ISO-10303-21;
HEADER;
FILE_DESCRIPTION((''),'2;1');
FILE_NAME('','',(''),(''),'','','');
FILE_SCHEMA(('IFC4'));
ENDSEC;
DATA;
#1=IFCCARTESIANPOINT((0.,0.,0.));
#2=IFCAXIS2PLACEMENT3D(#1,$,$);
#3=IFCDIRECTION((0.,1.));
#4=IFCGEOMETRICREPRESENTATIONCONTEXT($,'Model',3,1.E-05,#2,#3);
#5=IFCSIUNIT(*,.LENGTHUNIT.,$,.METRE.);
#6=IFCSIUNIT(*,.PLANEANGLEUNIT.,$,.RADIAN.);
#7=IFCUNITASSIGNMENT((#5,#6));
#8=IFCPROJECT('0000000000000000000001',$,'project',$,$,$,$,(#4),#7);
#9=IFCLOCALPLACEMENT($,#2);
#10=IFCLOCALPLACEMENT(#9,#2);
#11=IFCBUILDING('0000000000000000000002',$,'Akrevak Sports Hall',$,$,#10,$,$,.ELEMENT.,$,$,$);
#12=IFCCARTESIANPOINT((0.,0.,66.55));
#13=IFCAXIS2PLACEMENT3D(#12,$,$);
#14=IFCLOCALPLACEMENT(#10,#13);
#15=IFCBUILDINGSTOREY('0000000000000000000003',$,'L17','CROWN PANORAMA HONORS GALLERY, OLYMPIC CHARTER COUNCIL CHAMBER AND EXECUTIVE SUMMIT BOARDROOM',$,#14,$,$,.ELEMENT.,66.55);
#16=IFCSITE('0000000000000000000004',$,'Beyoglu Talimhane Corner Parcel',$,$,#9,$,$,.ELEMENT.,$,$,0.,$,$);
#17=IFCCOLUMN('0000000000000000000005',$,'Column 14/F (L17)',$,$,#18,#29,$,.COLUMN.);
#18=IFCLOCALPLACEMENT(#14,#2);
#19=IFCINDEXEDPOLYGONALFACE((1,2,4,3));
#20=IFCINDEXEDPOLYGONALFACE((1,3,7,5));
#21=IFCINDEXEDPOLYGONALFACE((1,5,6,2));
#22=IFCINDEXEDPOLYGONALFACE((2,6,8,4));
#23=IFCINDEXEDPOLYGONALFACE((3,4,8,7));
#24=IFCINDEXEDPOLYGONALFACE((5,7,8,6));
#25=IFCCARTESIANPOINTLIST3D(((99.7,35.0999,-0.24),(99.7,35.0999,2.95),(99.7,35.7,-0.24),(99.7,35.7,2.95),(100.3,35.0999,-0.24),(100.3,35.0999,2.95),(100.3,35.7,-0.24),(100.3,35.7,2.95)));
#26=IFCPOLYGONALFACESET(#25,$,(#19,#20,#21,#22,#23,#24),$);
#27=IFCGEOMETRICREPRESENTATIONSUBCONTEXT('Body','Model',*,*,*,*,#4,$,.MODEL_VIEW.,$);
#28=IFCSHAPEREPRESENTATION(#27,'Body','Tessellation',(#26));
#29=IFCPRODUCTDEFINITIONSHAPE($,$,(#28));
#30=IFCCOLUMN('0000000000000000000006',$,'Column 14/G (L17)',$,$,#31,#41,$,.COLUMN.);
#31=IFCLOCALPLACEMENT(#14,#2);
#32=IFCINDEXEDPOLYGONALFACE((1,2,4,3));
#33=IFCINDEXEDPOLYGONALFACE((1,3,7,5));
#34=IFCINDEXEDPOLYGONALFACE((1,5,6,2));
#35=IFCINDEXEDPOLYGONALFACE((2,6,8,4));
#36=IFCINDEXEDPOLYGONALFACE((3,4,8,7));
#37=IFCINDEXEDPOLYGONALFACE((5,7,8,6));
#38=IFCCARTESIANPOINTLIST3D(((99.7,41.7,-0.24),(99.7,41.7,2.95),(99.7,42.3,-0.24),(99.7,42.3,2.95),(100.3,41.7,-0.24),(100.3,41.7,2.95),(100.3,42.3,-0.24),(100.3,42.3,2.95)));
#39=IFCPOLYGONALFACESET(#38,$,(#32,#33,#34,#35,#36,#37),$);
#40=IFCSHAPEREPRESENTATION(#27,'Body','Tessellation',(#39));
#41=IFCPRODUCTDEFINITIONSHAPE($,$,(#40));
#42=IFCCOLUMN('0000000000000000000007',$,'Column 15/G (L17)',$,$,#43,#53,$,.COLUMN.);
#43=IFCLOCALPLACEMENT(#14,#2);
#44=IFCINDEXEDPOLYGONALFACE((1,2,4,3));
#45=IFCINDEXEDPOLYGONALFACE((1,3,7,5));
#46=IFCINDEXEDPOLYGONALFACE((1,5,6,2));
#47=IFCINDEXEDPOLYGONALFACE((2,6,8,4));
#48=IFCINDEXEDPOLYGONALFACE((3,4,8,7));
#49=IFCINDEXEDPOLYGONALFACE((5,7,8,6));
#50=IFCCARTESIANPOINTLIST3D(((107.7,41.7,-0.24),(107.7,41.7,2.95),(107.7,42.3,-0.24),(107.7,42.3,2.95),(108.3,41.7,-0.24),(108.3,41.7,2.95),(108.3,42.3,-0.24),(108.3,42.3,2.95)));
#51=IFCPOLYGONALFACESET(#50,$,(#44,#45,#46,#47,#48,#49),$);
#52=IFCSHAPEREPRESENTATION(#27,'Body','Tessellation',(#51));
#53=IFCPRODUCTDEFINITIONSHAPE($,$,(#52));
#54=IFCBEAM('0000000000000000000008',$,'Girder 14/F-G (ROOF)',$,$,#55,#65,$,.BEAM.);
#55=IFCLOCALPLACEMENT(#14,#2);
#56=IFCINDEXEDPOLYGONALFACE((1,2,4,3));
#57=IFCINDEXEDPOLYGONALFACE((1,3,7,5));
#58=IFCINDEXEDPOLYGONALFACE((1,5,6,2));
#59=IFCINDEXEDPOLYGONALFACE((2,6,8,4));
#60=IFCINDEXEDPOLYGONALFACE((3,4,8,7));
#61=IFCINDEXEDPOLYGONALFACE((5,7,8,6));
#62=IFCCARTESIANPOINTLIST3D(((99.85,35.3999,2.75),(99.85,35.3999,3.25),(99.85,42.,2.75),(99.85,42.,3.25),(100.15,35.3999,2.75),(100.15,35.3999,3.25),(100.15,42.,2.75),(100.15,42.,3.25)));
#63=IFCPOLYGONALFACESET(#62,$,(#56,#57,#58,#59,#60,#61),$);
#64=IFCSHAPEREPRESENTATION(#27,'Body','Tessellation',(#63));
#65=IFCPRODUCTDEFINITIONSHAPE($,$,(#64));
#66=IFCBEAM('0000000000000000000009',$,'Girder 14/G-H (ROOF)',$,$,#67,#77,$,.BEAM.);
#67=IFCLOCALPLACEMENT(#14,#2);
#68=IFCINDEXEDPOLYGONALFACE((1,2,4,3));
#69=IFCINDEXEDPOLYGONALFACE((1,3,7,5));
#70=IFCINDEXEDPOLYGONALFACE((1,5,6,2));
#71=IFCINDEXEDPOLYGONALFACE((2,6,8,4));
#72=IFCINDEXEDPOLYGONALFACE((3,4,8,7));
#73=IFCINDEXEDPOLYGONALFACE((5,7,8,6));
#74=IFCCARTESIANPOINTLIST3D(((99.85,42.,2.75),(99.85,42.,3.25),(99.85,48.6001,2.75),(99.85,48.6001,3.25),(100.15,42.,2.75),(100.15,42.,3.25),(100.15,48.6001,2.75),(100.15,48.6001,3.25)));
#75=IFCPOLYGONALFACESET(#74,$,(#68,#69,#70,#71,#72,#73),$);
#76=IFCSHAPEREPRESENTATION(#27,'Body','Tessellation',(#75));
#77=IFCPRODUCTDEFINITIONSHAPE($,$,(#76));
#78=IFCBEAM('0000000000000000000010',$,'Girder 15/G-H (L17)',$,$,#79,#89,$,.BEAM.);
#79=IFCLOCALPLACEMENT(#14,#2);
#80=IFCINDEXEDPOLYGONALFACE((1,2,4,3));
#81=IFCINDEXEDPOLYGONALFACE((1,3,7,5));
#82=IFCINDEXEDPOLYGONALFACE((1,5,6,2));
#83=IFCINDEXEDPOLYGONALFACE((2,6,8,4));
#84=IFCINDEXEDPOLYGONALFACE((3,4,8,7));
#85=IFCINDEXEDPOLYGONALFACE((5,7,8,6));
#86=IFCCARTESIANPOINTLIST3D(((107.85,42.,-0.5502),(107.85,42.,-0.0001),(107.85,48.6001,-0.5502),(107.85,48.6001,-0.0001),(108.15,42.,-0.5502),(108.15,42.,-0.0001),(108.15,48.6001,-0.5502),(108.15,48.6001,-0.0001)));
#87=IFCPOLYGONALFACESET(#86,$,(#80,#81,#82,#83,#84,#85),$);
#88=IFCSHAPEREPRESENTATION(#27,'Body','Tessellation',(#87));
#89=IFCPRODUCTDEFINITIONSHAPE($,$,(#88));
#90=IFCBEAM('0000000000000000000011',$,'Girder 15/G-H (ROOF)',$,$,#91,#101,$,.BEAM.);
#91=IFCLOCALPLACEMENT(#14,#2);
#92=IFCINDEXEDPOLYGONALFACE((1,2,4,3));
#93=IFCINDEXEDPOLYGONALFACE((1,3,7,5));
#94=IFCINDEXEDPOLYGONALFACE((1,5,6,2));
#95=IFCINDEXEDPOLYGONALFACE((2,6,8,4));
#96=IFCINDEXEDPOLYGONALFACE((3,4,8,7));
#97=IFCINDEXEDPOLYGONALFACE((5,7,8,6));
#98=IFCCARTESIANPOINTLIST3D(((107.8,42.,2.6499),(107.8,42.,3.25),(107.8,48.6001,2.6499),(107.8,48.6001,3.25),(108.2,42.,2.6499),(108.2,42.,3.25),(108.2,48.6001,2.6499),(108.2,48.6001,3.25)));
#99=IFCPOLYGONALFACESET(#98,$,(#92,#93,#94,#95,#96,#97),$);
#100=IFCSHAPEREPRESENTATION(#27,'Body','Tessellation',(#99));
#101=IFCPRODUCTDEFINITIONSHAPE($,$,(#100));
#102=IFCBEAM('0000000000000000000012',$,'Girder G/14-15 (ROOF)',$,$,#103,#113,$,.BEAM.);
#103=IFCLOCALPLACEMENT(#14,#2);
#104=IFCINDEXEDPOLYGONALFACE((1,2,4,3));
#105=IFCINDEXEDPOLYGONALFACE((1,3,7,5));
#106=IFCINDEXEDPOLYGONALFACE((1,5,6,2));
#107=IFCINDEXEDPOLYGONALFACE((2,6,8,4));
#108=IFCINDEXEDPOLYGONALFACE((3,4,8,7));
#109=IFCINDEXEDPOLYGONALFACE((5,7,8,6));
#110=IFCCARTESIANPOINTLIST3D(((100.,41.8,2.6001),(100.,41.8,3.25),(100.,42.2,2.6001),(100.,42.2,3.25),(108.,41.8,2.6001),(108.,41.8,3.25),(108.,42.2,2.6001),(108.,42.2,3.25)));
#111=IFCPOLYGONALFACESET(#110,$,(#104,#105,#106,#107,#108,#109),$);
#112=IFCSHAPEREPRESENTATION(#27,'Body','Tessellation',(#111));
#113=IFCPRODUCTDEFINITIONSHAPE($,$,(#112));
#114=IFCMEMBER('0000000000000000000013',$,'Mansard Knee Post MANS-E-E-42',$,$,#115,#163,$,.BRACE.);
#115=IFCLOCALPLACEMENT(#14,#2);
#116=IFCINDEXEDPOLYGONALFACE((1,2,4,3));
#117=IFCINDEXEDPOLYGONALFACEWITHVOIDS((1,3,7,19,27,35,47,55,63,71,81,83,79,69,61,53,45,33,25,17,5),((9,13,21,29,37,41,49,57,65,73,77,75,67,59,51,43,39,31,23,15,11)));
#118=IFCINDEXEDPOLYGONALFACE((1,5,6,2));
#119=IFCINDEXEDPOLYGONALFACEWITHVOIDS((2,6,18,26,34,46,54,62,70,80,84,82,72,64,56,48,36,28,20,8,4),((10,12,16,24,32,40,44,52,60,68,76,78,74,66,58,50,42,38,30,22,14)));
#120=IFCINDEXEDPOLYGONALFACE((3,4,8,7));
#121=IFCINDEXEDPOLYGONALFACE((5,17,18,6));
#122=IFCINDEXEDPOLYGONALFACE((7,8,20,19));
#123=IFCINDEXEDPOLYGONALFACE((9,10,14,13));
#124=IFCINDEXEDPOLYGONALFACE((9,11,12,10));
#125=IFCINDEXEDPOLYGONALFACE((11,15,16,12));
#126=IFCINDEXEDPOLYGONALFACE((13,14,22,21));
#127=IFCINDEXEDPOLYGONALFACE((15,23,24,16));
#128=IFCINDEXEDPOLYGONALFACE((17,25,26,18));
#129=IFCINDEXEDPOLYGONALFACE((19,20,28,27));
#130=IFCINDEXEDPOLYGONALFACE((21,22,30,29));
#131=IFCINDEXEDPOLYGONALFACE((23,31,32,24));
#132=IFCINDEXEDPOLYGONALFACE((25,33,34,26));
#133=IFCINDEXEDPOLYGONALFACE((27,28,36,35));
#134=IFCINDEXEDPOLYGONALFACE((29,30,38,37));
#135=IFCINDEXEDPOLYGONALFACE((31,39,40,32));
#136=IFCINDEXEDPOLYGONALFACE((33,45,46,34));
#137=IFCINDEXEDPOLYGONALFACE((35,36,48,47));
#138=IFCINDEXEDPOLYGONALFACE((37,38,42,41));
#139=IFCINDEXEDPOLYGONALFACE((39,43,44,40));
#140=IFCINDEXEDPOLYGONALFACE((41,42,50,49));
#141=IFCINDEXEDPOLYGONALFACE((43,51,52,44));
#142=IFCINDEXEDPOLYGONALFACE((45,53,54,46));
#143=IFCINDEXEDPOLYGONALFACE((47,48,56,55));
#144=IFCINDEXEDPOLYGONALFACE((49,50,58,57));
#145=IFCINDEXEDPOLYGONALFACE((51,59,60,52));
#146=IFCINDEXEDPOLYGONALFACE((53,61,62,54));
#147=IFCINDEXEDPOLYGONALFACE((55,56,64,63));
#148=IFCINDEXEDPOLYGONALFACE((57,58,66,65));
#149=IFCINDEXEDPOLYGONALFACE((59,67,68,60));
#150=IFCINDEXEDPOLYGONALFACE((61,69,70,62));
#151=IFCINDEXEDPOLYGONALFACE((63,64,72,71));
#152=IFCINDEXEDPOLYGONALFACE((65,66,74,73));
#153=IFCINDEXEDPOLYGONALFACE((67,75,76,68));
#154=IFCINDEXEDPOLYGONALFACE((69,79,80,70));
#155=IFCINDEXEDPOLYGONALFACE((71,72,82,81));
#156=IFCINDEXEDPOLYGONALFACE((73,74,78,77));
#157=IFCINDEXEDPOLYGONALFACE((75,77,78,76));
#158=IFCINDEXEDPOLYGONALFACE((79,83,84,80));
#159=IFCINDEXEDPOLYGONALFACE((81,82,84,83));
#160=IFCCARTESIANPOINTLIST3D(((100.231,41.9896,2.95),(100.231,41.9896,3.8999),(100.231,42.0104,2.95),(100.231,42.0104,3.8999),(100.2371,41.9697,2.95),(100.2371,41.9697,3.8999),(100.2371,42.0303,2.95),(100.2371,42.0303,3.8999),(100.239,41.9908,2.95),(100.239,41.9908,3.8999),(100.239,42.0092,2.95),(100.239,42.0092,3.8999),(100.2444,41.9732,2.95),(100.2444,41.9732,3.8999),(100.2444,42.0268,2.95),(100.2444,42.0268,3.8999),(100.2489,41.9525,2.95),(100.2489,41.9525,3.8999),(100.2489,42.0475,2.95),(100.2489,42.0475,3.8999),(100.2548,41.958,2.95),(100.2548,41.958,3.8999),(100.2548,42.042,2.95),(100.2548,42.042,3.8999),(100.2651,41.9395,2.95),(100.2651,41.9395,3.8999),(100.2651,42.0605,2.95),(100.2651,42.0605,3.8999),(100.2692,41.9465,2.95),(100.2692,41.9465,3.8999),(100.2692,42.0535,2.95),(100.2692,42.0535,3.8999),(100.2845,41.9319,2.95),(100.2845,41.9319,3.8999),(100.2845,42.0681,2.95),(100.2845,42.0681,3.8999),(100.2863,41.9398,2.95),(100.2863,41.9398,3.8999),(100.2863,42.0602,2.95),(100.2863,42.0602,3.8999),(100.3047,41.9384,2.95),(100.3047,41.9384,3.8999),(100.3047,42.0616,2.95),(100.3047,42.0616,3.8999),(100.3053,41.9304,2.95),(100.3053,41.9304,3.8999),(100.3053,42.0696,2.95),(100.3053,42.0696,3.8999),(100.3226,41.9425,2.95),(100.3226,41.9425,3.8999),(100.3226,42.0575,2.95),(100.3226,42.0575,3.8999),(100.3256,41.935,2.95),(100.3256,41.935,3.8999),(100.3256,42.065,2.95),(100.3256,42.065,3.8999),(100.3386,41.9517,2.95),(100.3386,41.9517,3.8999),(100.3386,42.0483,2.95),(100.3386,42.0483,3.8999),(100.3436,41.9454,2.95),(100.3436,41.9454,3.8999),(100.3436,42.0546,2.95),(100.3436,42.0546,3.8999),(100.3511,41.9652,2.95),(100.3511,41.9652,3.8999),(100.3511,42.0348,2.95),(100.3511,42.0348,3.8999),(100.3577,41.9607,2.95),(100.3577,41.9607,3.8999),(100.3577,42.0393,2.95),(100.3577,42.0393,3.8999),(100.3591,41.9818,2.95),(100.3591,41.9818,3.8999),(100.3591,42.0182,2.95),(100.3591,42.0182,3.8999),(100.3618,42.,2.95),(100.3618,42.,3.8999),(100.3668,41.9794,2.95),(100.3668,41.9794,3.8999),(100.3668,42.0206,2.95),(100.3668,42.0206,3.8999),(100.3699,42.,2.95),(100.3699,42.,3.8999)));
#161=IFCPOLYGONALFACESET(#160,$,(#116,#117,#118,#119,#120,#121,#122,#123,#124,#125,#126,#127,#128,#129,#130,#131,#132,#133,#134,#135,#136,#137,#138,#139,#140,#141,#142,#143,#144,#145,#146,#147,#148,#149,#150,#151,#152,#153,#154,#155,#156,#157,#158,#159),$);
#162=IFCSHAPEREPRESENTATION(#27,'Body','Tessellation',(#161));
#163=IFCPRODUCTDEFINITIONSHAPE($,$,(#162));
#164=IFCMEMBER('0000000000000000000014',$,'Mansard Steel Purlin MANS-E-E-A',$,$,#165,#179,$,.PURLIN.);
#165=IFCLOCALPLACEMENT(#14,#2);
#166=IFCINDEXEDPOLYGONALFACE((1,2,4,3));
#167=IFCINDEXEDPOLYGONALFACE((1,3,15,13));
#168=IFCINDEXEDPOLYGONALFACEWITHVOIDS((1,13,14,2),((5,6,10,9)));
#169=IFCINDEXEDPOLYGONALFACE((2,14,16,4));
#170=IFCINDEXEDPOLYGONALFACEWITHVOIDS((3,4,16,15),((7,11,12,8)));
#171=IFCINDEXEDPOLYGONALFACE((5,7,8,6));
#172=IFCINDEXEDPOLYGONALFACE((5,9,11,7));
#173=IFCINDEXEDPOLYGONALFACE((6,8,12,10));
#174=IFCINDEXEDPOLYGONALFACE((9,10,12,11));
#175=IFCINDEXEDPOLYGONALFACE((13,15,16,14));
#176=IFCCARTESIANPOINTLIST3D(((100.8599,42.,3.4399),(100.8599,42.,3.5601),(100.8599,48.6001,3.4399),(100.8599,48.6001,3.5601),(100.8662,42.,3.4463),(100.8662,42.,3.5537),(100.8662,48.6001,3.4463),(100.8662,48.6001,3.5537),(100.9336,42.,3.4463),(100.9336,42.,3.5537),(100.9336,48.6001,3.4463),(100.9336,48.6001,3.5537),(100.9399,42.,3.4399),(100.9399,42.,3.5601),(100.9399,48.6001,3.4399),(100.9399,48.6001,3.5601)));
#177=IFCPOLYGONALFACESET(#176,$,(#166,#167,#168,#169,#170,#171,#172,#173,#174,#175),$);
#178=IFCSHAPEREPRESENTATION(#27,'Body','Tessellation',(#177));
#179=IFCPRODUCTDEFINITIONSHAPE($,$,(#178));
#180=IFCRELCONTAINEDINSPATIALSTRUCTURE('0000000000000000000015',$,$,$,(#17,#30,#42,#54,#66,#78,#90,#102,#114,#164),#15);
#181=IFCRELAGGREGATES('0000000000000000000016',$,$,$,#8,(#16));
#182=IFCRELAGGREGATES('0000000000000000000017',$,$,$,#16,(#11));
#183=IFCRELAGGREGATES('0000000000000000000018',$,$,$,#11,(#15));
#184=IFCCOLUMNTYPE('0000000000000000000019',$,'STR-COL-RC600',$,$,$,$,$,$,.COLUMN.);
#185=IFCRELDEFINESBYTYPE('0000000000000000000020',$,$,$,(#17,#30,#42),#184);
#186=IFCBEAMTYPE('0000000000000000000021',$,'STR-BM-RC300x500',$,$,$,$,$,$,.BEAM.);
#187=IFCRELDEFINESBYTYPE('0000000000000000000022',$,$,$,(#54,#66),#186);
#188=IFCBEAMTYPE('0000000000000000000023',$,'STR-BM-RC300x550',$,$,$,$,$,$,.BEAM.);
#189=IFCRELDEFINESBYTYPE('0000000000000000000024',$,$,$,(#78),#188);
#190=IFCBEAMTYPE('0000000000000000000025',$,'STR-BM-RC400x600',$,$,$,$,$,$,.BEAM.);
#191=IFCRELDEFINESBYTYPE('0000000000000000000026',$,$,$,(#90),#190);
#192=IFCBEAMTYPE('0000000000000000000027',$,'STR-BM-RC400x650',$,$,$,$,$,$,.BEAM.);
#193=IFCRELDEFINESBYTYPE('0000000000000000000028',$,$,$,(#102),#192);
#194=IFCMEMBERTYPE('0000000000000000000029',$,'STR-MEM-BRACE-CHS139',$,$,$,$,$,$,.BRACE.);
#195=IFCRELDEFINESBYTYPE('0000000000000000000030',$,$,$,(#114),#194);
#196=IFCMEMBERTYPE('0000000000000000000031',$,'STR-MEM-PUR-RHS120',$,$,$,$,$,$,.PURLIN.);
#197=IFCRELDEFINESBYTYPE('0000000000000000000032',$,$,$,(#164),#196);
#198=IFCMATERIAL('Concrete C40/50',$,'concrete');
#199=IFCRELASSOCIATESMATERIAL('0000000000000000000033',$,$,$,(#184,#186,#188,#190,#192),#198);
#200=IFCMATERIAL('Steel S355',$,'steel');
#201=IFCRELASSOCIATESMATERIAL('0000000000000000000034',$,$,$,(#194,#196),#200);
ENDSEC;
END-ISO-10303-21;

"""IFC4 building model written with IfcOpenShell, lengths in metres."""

from ifc_helpers import new_model, si_unit, direction, frame, origin, origin_2d, place, context, subcontext, project, spatial, rectangle, hollow_rectangle, hollow_circle, extrude, material, material_profile, profile_set, type_object, element, save


model = new_model("IFC4")

# Units and contexts
model_context = context("Model", 3, precision=1e-05, world=origin(), true_north=direction((0.0, 1.0)))
body_context = subcontext(model_context, "Body", "Model", "MODEL_VIEW")
ifc_project = project(units=[si_unit("LENGTHUNIT", "METRE"), si_unit("PLANEANGLEUNIT", "RADIAN")], contexts=[model_context])

# Site, building, storey
site_placement = place(None, origin())
site = spatial("IfcSite", under=ifc_project, at=site_placement, Name="Beyoglu Talimhane Corner Parcel", CompositionType="ELEMENT", RefElevation=0.0)
building_placement = place(site_placement, origin())
building = spatial("IfcBuilding", under=site, at=building_placement, Name="Akrevak Sports Hall", CompositionType="ELEMENT")
storey_placement = place(building_placement, frame((0.0, 0.0, 66.55)))
storey = spatial("IfcBuildingStorey", under=building, at=storey_placement, Name="L17", Description="CROWN PANORAMA HONORS GALLERY, OLYMPIC CHARTER COUNCIL CHAMBER AND EXECUTIVE SUMMIT BOARDROOM", CompositionType="ELEMENT", Elevation=66.55)

# Columns
ifc_material_1 = material(Name="Concrete C40/50", Category="concrete")
ifc_material_profile_1 = material_profile(ifc_material_1, rectangle(XDim=0.6001, YDim=0.6001, at=origin_2d()), Name="RC 600x600", Category="concrete")
ifc_profile_set_1 = profile_set([ifc_material_profile_1], Name="Concrete C40/50")
column_type = type_object("IfcColumnType", Name="STR-COL-RC600", PredefinedType="COLUMN", material=ifc_profile_set_1)
for number, where, z_axis, x_axis, name in (
    (1, (100.0, 35.3999, -0.24), (0.0, 0.0, 1.0), (1.0, 0.0, 0.0), "Column 14/F (L17)"),
    (2, (100.0, 42.0, -0.24), (0.0, 0.0, 1.0), (1.0, 0.0, 0.0), "Column 14/G (L17)"),
    (3, (108.0, 42.0, -0.24), (0.0, 0.0, 1.0), (1.0, 0.0, 0.0), "Column 15/G (L17)"),
):
    element("IfcColumn", number, at=place(storey_placement, frame(where, z_axis=z_axis, x_axis=x_axis)), inside=storey, type_object=column_type, Name=name, PredefinedType="COLUMN", context=body_context, shape_type="SweptSolid", body=[
        extrude(rectangle(XDim=0.6001, YDim=0.6001, at=origin_2d()), origin(), (0.0, 0.0, 1.0), 3.1899),
    ])

# Beams
ifc_material_profile_2 = material_profile(ifc_material_1, rectangle(XDim=0.3, YDim=0.5, at=origin_2d()), Name="BM 300x500", Category="concrete")
ifc_profile_set_2 = profile_set([ifc_material_profile_2], Name="Concrete C40/50")
beam_type_1 = type_object("IfcBeamType", Name="STR-BM-RC300x500", PredefinedType="BEAM", material=ifc_profile_set_2)
for number, where, z_axis, x_axis, name in (
    (4, (100.0, 35.3999, 3.0), (0.0, 1.0, 0.0), (-1.0, 0.0, 0.0), "Girder 14/F-G (ROOF)"),
    (5, (100.0, 42.0, 3.0), (0.0, 1.0, 0.0), (-1.0, 0.0, 0.0), "Girder 14/G-H (ROOF)"),
):
    element("IfcBeam", number, at=place(storey_placement, frame(where, z_axis=z_axis, x_axis=x_axis)), inside=storey, type_object=beam_type_1, Name=name, PredefinedType="BEAM", context=body_context, shape_type="SweptSolid", body=[
        extrude(rectangle(XDim=0.3, YDim=0.5, at=origin_2d()), origin(), (0.0, 0.0, 1.0), 6.6001),
    ])
ifc_material_profile_3 = material_profile(ifc_material_1, rectangle(XDim=0.3, YDim=0.55, at=origin_2d()), Name="BM 300x550", Category="concrete")
ifc_profile_set_3 = profile_set([ifc_material_profile_3], Name="Concrete C40/50")
beam_type_2 = type_object("IfcBeamType", Name="STR-BM-RC300x550", PredefinedType="BEAM", material=ifc_profile_set_3)
beam_1_placement = place(storey_placement, frame((108.0, 42.0, -0.2751), z_axis=(0.0, 1.0, 0.0), x_axis=(-1.0, 0.0, 0.0)))
element("IfcBeam", 6, at=beam_1_placement, inside=storey, type_object=beam_type_2, Name="Girder 15/G-H (L17)", PredefinedType="BEAM", context=body_context, shape_type="SweptSolid", body=[
    extrude(rectangle(XDim=0.3, YDim=0.55, at=origin_2d()), origin(), (0.0, 0.0, 1.0), 6.6001),
])
ifc_material_profile_4 = material_profile(ifc_material_1, rectangle(XDim=0.3999, YDim=0.6001, at=origin_2d()), Name="BM 400x600", Category="concrete")
ifc_profile_set_4 = profile_set([ifc_material_profile_4], Name="Concrete C40/50")
beam_type_3 = type_object("IfcBeamType", Name="STR-BM-RC400x600", PredefinedType="BEAM", material=ifc_profile_set_4)
beam_2_placement = place(storey_placement, frame((108.0, 42.0, 2.95), z_axis=(0.0, 1.0, 0.0), x_axis=(-1.0, 0.0, 0.0)))
element("IfcBeam", 7, at=beam_2_placement, inside=storey, type_object=beam_type_3, Name="Girder 15/G-H (ROOF)", PredefinedType="BEAM", context=body_context, shape_type="SweptSolid", body=[
    extrude(rectangle(XDim=0.3999, YDim=0.6001, at=origin_2d()), origin(), (0.0, 0.0, 1.0), 6.6001),
])
ifc_material_profile_5 = material_profile(ifc_material_1, rectangle(XDim=0.3999, YDim=0.6499, at=origin_2d()), Name="BM 400x650", Category="concrete")
ifc_profile_set_5 = profile_set([ifc_material_profile_5], Name="Concrete C40/50")
beam_type_4 = type_object("IfcBeamType", Name="STR-BM-RC400x650", PredefinedType="BEAM", material=ifc_profile_set_5)
beam_3_placement = place(storey_placement, frame((100.0, 42.0, 2.925), z_axis=(1.0, 0.0, 0.0), x_axis=(0.0, 1.0, 0.0)))
element("IfcBeam", 8, at=beam_3_placement, inside=storey, type_object=beam_type_4, Name="Girder G/14-15 (ROOF)", PredefinedType="BEAM", context=body_context, shape_type="SweptSolid", body=[
    extrude(rectangle(XDim=0.3999, YDim=0.6499, at=origin_2d()), origin(), (0.0, 0.0, 1.0), 8.0),
])

# Members
ifc_material_2 = material(Name="Steel S355", Category="steel")
ifc_material_profile_6 = material_profile(ifc_material_2, hollow_circle(Radius=0.0698, WallThickness=0.0081, at=origin_2d()), Name="CHS 139.7x8", Category="steel")
ifc_profile_set_6 = profile_set([ifc_material_profile_6], Name="Steel S355")
member_type_1 = type_object("IfcMemberType", Name="STR-MEM-BRACE-CHS139", PredefinedType="BRACE", material=ifc_profile_set_6)
member_1_placement = place(storey_placement, frame((100.3, 42.0, 2.95), z_axis=(0.0, 0.0, 1.0), x_axis=(1.0, 0.0, 0.0)))
element("IfcMember", 9, at=member_1_placement, inside=storey, type_object=member_type_1, Name="Mansard Knee Post MANS-E-E-42", PredefinedType="BRACE", context=body_context, shape_type="SweptSolid", body=[
    extrude(hollow_circle(Radius=0.0698, WallThickness=0.0081, at=origin_2d()), origin(), (0.0, 0.0, 1.0), 0.95),
])
ifc_material_profile_7 = material_profile(ifc_material_2, hollow_rectangle(XDim=0.0801, YDim=0.1201, WallThickness=0.0063, at=origin_2d()), Name="RHS 120x80x6.3", Category="steel")
ifc_profile_set_7 = profile_set([ifc_material_profile_7], Name="Steel S355")
member_type_2 = type_object("IfcMemberType", Name="STR-MEM-PUR-RHS120", PredefinedType="PURLIN", material=ifc_profile_set_7)
member_2_placement = place(storey_placement, frame((100.8999, 42.0, 3.5), z_axis=(0.0, 1.0, 0.0), x_axis=(-1.0, 0.0, 0.0)))
element("IfcMember", 10, at=member_2_placement, inside=storey, type_object=member_type_2, Name="Mansard Steel Purlin MANS-E-E-A", PredefinedType="PURLIN", context=body_context, shape_type="SweptSolid", body=[
    extrude(hollow_rectangle(XDim=0.0801, YDim=0.1201, WallThickness=0.0063, at=origin_2d()), origin(), (0.0, 0.0, 1.0), 6.6001),
])

save(model, "model.ifc")
